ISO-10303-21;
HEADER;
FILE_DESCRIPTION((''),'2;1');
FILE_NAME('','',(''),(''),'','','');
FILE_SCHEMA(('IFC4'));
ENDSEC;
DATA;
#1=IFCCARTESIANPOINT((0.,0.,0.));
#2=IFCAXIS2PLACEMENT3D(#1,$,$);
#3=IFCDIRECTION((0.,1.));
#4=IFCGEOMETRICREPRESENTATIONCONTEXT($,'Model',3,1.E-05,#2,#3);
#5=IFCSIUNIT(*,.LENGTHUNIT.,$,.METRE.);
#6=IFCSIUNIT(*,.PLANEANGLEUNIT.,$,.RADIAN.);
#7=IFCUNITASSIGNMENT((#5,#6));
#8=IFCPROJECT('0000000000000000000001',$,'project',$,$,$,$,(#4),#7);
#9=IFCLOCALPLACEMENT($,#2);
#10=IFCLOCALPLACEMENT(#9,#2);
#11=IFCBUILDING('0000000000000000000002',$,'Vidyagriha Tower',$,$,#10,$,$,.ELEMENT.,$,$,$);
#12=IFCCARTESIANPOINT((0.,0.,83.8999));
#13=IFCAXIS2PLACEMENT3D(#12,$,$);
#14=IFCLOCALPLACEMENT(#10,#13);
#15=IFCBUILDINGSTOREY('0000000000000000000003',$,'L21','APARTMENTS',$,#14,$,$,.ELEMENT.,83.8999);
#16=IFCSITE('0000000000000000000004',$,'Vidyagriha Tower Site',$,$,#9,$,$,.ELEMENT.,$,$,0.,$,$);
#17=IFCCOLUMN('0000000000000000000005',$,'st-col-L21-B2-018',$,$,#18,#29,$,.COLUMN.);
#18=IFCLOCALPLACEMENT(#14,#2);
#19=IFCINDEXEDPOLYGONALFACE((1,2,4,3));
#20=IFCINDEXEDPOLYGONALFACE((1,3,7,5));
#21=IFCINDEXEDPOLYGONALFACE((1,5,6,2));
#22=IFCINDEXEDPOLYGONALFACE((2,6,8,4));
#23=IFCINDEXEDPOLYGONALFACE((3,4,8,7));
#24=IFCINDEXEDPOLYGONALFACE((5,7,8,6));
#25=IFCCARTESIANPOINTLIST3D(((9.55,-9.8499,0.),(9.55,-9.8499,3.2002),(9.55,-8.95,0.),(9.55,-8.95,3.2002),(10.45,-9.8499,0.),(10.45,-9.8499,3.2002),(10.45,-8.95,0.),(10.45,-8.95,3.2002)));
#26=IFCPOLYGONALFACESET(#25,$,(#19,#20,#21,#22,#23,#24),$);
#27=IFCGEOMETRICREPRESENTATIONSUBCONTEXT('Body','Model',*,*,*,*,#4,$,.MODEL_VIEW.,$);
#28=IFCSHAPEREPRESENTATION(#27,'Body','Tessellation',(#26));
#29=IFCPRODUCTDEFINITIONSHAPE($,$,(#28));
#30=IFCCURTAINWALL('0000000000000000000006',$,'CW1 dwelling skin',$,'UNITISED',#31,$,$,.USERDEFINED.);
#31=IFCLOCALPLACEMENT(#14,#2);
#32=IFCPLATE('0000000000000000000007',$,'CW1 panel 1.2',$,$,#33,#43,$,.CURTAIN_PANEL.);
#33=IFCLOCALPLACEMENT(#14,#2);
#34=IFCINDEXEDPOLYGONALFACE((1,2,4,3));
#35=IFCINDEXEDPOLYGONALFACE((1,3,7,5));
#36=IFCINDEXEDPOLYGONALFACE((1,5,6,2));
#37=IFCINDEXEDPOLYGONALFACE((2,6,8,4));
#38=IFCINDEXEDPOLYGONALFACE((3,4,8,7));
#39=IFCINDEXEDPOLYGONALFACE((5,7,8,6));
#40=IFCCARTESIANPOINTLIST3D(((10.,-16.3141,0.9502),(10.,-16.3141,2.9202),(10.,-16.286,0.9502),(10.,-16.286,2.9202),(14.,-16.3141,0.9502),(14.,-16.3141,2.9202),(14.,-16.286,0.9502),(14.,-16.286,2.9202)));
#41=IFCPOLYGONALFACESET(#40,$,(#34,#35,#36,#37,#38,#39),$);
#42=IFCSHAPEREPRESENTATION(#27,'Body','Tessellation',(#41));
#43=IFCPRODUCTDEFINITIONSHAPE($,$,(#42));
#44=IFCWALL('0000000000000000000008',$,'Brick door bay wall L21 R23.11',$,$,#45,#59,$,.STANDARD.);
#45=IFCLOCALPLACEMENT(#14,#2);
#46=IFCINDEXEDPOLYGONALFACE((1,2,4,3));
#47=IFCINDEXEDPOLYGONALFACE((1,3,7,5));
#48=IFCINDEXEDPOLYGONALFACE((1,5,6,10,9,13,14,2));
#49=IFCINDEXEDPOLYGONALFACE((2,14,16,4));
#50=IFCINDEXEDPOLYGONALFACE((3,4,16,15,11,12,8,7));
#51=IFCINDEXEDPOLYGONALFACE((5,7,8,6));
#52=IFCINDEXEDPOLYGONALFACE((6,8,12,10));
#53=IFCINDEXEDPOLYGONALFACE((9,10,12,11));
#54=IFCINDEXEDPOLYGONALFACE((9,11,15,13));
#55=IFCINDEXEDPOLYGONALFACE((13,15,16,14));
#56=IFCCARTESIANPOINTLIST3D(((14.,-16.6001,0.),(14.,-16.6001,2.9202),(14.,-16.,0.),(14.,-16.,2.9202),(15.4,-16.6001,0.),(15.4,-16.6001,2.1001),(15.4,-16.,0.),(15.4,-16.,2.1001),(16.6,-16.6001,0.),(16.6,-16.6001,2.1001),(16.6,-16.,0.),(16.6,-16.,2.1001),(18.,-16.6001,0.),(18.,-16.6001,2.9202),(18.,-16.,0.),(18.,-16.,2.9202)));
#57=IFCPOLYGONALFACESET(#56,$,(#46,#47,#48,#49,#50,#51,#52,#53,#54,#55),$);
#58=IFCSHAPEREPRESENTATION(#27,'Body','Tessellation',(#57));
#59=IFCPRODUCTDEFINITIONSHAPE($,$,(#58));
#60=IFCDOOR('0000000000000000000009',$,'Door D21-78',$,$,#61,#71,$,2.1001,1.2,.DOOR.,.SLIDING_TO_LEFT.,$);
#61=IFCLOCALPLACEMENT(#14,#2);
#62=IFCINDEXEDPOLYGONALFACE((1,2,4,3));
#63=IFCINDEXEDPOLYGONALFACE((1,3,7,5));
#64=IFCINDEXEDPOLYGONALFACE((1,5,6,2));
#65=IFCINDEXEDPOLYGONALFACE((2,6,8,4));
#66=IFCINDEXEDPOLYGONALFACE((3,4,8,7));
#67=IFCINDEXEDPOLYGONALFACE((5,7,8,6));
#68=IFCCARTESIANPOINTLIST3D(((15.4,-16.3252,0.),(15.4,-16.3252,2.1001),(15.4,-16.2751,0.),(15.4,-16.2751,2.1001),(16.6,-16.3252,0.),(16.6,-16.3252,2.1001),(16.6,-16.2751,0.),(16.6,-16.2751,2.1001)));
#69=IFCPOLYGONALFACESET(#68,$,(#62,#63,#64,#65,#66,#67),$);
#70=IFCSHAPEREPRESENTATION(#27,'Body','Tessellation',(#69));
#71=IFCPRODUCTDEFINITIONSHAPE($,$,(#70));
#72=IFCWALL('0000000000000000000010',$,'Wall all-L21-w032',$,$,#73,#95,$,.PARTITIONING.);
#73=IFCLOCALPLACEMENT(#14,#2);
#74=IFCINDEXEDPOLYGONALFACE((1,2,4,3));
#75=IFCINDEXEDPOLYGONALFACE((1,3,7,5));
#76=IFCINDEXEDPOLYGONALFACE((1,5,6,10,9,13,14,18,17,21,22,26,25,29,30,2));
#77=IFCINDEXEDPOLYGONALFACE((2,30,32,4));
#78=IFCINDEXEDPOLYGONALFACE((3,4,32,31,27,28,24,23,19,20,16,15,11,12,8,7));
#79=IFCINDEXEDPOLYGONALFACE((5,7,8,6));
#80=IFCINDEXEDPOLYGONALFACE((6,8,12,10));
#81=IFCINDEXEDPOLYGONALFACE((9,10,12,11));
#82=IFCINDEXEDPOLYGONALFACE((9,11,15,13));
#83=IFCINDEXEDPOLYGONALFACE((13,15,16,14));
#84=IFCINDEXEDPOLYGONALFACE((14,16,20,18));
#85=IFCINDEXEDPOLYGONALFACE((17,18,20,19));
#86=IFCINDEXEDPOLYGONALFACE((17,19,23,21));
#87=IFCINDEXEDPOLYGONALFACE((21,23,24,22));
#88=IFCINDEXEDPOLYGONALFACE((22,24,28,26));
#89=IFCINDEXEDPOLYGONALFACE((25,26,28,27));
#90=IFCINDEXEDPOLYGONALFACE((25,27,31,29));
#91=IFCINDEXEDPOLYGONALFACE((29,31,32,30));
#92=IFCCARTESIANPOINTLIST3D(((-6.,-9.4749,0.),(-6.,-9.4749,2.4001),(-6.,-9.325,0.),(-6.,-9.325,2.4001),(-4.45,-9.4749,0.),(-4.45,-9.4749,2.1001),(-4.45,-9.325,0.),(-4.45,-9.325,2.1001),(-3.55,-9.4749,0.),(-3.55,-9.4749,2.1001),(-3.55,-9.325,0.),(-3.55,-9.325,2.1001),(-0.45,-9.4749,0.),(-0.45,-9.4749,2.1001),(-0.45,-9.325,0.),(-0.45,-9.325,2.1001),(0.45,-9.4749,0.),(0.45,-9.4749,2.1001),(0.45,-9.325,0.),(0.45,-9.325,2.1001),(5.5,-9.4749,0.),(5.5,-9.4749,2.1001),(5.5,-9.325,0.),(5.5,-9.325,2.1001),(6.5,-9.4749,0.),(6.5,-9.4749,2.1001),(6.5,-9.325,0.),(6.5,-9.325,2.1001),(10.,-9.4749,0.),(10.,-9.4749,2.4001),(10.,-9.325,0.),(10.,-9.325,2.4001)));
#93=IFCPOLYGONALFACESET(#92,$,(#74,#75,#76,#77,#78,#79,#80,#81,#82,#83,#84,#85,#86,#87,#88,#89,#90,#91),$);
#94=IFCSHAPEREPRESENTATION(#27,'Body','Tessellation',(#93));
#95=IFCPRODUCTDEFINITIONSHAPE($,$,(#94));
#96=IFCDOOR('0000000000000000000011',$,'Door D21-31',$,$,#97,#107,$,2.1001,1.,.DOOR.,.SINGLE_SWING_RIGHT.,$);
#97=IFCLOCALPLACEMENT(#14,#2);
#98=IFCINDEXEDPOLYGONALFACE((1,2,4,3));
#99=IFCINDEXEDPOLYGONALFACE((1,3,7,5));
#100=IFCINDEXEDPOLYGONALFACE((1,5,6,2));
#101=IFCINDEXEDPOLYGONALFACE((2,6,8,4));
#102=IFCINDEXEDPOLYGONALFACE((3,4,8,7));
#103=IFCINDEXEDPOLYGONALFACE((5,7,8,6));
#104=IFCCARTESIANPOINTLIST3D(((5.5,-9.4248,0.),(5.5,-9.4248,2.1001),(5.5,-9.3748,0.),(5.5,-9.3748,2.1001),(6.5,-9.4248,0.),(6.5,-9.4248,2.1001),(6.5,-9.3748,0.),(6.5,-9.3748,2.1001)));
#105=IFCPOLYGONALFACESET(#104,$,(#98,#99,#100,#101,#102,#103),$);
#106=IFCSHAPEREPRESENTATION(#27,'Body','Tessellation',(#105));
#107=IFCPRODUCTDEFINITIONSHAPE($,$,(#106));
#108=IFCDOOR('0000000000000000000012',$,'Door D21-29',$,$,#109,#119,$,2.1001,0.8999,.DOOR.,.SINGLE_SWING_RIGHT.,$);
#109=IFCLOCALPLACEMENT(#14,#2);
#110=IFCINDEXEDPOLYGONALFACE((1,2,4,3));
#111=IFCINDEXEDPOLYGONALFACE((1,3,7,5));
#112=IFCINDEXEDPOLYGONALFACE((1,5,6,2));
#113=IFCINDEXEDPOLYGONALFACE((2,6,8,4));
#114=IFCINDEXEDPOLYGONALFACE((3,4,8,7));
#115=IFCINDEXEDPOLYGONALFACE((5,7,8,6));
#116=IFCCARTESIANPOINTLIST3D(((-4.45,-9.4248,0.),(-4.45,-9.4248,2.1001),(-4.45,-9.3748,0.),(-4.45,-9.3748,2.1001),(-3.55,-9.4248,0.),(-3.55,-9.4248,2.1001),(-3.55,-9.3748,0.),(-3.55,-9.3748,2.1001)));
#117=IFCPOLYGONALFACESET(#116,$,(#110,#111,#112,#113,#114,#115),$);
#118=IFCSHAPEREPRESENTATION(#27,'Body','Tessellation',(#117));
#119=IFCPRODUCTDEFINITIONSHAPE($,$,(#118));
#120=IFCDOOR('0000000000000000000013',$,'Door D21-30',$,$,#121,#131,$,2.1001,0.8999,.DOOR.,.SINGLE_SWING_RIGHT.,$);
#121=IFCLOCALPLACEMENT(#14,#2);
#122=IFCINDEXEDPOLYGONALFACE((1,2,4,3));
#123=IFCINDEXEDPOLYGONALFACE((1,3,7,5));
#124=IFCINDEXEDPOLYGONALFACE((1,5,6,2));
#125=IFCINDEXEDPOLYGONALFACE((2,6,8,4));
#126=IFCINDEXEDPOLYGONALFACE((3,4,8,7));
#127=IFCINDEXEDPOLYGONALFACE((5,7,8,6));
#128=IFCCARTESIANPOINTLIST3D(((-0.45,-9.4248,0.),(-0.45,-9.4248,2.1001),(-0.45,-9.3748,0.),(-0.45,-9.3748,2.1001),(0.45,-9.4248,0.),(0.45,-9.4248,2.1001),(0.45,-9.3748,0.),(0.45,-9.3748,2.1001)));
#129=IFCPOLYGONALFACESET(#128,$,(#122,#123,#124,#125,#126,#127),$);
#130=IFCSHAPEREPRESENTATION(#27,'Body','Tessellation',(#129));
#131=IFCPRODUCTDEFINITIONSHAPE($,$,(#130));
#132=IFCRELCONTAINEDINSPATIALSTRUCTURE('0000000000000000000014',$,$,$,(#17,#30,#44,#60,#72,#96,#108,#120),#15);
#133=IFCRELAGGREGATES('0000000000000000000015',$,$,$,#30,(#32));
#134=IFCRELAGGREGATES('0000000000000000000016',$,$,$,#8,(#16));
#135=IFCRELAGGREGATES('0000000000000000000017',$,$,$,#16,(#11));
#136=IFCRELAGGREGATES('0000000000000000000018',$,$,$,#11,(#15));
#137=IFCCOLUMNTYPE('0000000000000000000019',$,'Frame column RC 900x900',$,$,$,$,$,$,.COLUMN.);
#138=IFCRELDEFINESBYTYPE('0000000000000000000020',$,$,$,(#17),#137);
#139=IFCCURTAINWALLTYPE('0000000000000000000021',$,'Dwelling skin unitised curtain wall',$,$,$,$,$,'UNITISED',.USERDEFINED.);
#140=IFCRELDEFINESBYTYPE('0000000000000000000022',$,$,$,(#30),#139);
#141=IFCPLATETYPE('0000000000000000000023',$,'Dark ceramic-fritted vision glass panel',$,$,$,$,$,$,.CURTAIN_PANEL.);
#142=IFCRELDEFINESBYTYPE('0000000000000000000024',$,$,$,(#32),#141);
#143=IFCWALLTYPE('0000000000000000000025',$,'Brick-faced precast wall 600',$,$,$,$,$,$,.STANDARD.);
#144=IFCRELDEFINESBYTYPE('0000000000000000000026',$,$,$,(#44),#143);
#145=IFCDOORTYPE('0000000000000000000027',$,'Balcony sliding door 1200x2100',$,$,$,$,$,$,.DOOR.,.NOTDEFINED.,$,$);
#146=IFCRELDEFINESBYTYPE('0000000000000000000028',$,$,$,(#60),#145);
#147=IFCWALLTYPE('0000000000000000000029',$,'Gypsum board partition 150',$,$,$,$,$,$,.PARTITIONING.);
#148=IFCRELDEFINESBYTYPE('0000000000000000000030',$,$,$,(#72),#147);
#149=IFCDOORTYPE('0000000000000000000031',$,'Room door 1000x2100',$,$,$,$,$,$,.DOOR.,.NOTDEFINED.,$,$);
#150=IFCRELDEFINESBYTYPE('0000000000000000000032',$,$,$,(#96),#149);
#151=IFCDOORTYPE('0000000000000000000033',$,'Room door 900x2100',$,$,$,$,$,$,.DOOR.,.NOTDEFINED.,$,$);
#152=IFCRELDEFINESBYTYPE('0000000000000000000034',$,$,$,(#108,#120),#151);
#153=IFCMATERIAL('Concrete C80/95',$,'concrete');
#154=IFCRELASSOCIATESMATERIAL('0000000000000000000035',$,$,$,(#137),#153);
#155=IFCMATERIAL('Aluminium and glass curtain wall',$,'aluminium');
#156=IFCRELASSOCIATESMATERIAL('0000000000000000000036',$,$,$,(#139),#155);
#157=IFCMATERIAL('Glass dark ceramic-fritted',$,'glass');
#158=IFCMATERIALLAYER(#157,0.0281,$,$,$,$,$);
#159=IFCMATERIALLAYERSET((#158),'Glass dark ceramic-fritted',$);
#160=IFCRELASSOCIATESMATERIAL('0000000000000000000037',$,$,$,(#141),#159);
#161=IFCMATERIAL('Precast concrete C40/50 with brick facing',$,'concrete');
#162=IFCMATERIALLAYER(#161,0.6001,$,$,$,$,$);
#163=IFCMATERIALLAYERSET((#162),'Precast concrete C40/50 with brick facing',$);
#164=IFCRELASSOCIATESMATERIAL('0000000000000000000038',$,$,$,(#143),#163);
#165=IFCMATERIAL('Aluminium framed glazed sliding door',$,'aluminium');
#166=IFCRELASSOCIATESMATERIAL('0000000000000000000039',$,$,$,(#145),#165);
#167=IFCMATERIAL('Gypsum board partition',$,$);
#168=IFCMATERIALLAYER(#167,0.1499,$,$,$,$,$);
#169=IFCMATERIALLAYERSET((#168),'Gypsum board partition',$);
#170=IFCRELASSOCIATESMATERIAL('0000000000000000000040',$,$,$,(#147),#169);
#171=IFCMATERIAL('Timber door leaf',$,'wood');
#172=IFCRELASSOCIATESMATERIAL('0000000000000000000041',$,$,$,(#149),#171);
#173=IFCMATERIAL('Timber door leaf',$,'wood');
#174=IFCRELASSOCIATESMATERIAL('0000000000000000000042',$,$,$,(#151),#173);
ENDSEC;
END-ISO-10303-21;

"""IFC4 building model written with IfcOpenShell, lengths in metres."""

from ifc_helpers import new_model, si_unit, direction, frame, frame_2d, origin, origin_2d, place, context, subcontext, project, spatial, rectangle, extrude, material, layer, layer_set, material_profile, profile_set, type_object, element, fill, aggregate, save


model = new_model("IFC4")

# Units and contexts
model_context = context("Model", 3, precision=1e-05, world=origin(), true_north=direction((0.0, 1.0)))
body_context = subcontext(model_context, "Body", "Model", "MODEL_VIEW")
ifc_project = project(units=[si_unit("LENGTHUNIT", "METRE"), si_unit("PLANEANGLEUNIT", "RADIAN")], contexts=[model_context])

# Site, building, storey
site_placement = place(None, origin())
site = spatial("IfcSite", under=ifc_project, at=site_placement, Name="Vidyagriha Tower Site", CompositionType="ELEMENT", RefElevation=0.0)
building_placement = place(site_placement, origin())
building = spatial("IfcBuilding", under=site, at=building_placement, Name="Vidyagriha Tower", CompositionType="ELEMENT")
storey_placement = place(building_placement, frame((0.0, 0.0, 83.8999)))
storey = spatial("IfcBuildingStorey", under=building, at=storey_placement, Name="L21", Description="APARTMENTS", CompositionType="ELEMENT", Elevation=83.8999)

# Column
ifc_material_1 = material(Name="Concrete C80/95", Category="concrete")
ifc_material_profile = material_profile(ifc_material_1, rectangle(XDim=0.8999, YDim=0.8999, at=origin_2d()), Name="RC 900x900")
ifc_profile_set = profile_set([ifc_material_profile], Name="Concrete C80/95")
column_type = type_object("IfcColumnType", Name="Frame column RC 900x900", PredefinedType="COLUMN", material=ifc_profile_set)
column_placement = place(storey_placement, frame((10.0, -9.3999, 0.0)))
element("IfcColumn", 1, at=column_placement, inside=storey, type_object=column_type, Name="st-col-L21-B2-018", PredefinedType="COLUMN", context=body_context, shape_type="SweptSolid", body=[
    extrude(rectangle(XDim=0.8999, YDim=0.8999, at=origin_2d()), origin(), (0.0, 0.0, 1.0), 3.2002),
])

# Curtain wall, plate
ifc_material_2 = material(Name="Aluminium and glass curtain wall", Category="aluminium")
curtain_wall_type = type_object("IfcCurtainWallType", Name="Dwelling skin unitised curtain wall", ElementType="UNITISED", PredefinedType="USERDEFINED", material=ifc_material_2)
curtain_wall_placement = place(storey_placement, origin())
curtain_wall = element("IfcCurtainWall", 2, at=curtain_wall_placement, inside=storey, type_object=curtain_wall_type, Name="CW1 dwelling skin", ObjectType="UNITISED", PredefinedType="USERDEFINED")
ifc_material_3 = material(Name="Glass dark ceramic-fritted", Category="glass")
ifc_layer_1 = layer(ifc_material_3, 0.0281)
ifc_layer_set_1 = layer_set([ifc_layer_1], Name="Glass dark ceramic-fritted")
plate_type = type_object("IfcPlateType", Name="Dark ceramic-fritted vision glass panel", PredefinedType="CURTAIN_PANEL", material=ifc_layer_set_1)
plate_placement = place(storey_placement, frame((12.0, -16.3, 0.9502)))
plate = element("IfcPlate", 3, at=plate_placement, type_object=plate_type, Name="CW1 panel 1.2", PredefinedType="CURTAIN_PANEL", context=body_context, shape_type="SweptSolid", body=[
    extrude(rectangle(XDim=4.0, YDim=0.0281, at=origin_2d()), origin(), (0.0, 0.0, 1.0), 1.97),
])
aggregate(curtain_wall, [plate])

# Wall, opening, door
ifc_material_4 = material(Name="Precast concrete C40/50 with brick facing", Category="concrete")
ifc_layer_2 = layer(ifc_material_4, 0.6001)
ifc_layer_set_2 = layer_set([ifc_layer_2], Name="Precast concrete C40/50 with brick facing")
wall_type_1 = type_object("IfcWallType", Name="Brick-faced precast wall 600", PredefinedType="STANDARD", material=ifc_layer_set_2)
wall_1_placement = place(storey_placement, frame((14.0, -16.3, 0.0)))
wall_1 = element("IfcWall", 4, at=wall_1_placement, inside=storey, type_object=wall_type_1, Name="Brick door bay wall L21 R23.11", PredefinedType="STANDARD", context=body_context, shape_type="SweptSolid", body=[
    extrude(rectangle(XDim=4.0, YDim=0.6001, at=frame_2d((2.0, 0.0))), origin(), (0.0, 0.0, 1.0), 2.9202),
])
opening_1_placement = place(wall_1_placement, frame((1.3999, 0.0, 0.0)))
opening_1 = element("IfcOpeningElement", 5, at=opening_1_placement, cuts=wall_1, PredefinedType="OPENING", context=body_context, shape_type="SweptSolid", body=[
    extrude(rectangle(XDim=1.2, YDim=2.1001, at=frame_2d((0.6001, 1.05))), frame((0.0, 0.3101, 0.0), z_axis=(0.0, -1.0, 0.0), x_axis=(1.0, 0.0, 0.0)), (0.0, 0.0, 1.0), 0.6201),
])
ifc_material_5 = material(Name="Aluminium framed glazed sliding door", Category="aluminium")
door_type_1 = type_object("IfcDoorType", Name="Balcony sliding door 1200x2100", OperationType="NOTDEFINED", PredefinedType="DOOR", material=ifc_material_5)
door_1_placement = place(opening_1_placement, origin())
door_1 = element("IfcDoor", 6, at=door_1_placement, inside=storey, type_object=door_type_1, Name="Door D21-78", OperationType="SLIDING_TO_LEFT", OverallHeight=2.1001, OverallWidth=1.2, PredefinedType="DOOR", context=body_context, shape_type="SweptSolid", body=[
    extrude(rectangle(XDim=1.2, YDim=2.1001, at=frame_2d((0.6001, 1.05))), frame((0.0, 0.0249, 0.0), z_axis=(0.0, -1.0, 0.0), x_axis=(1.0, 0.0, 0.0)), (0.0, 0.0, 1.0), 0.05),
])
fill(opening_1, door_1)

# Wall, openings, doors
ifc_material_6 = material(Name="Gypsum board partition")
ifc_layer_3 = layer(ifc_material_6, 0.1499)
ifc_layer_set_3 = layer_set([ifc_layer_3], Name="Gypsum board partition")
wall_type_2 = type_object("IfcWallType", Name="Gypsum board partition 150", PredefinedType="PARTITIONING", material=ifc_layer_set_3)
wall_2_placement = place(storey_placement, frame((10.0, -9.3999, 0.0), z_axis=(0.0, 0.0, 1.0), x_axis=(-1.0, 0.0, 0.0)))
wall_2 = element("IfcWall", 7, at=wall_2_placement, inside=storey, type_object=wall_type_2, Name="Wall all-L21-w032", PredefinedType="PARTITIONING", context=body_context, shape_type="SweptSolid", body=[
    extrude(rectangle(XDim=16.0, YDim=0.1499, at=frame_2d((8.0, 0.0))), origin(), (0.0, 0.0, 1.0), 2.4001),
])
opening_2_placement = place(wall_2_placement, frame((13.55, 0.0, 0.0)))
opening_2 = element("IfcOpeningElement", 8, at=opening_2_placement, cuts=wall_2, PredefinedType="OPENING", context=body_context, shape_type="SweptSolid", body=[
    extrude(rectangle(XDim=0.8999, YDim=2.1001, at=frame_2d((0.45, 1.05))), frame((0.0, 0.085, 0.0), z_axis=(0.0, -1.0, 0.0), x_axis=(1.0, 0.0, 0.0)), (0.0, 0.0, 1.0), 0.1699),
])
opening_3_placement = place(wall_2_placement, frame((9.55, 0.0, 0.0)))
opening_3 = element("IfcOpeningElement", 9, at=opening_3_placement, cuts=wall_2, PredefinedType="OPENING", context=body_context, shape_type="SweptSolid", body=[
    extrude(rectangle(XDim=0.8999, YDim=2.1001, at=frame_2d((0.45, 1.05))), frame((0.0, 0.085, 0.0), z_axis=(0.0, -1.0, 0.0), x_axis=(1.0, 0.0, 0.0)), (0.0, 0.0, 1.0), 0.1699),
])
opening_4_placement = place(wall_2_placement, frame((3.5, 0.0, 0.0)))
opening_4 = element("IfcOpeningElement", 10, at=opening_4_placement, cuts=wall_2, PredefinedType="OPENING", context=body_context, shape_type="SweptSolid", body=[
    extrude(rectangle(XDim=1.0, YDim=2.1001, at=frame_2d((0.5, 1.05))), frame((0.0, 0.085, 0.0), z_axis=(0.0, -1.0, 0.0), x_axis=(1.0, 0.0, 0.0)), (0.0, 0.0, 1.0), 0.1699),
])
ifc_material_7 = material(Name="Timber door leaf", Category="wood")
door_type_2 = type_object("IfcDoorType", Name="Room door 1000x2100", OperationType="NOTDEFINED", PredefinedType="DOOR", material=ifc_material_7)
door_2_placement = place(opening_4_placement, origin())
door_2 = element("IfcDoor", 11, at=door_2_placement, inside=storey, type_object=door_type_2, Name="Door D21-31", OperationType="SINGLE_SWING_RIGHT", OverallHeight=2.1001, OverallWidth=1.0, PredefinedType="DOOR", context=body_context, shape_type="SweptSolid", body=[
    extrude(rectangle(XDim=1.0, YDim=2.1001, at=frame_2d((0.5, 1.05))), frame((0.0, 0.0249, 0.0), z_axis=(0.0, -1.0, 0.0), x_axis=(1.0, 0.0, 0.0)), (0.0, 0.0, 1.0), 0.05),
])
fill(opening_4, door_2)
ifc_material_8 = material(Name="Timber door leaf", Category="wood")
door_type_3 = type_object("IfcDoorType", Name="Room door 900x2100", OperationType="NOTDEFINED", PredefinedType="DOOR", material=ifc_material_8)
door_3_placement = place(opening_2_placement, origin())
door_3 = element("IfcDoor", 12, at=door_3_placement, inside=storey, type_object=door_type_3, Name="Door D21-29", OperationType="SINGLE_SWING_RIGHT", OverallHeight=2.1001, OverallWidth=0.8999, PredefinedType="DOOR", context=body_context, shape_type="SweptSolid", body=[
    extrude(rectangle(XDim=0.8999, YDim=2.1001, at=frame_2d((0.45, 1.05))), frame((0.0, 0.0249, 0.0), z_axis=(0.0, -1.0, 0.0), x_axis=(1.0, 0.0, 0.0)), (0.0, 0.0, 1.0), 0.05),
])
fill(opening_2, door_3)
door_4_placement = place(opening_3_placement, origin())
door_4 = element("IfcDoor", 13, at=door_4_placement, inside=storey, type_object=door_type_3, Name="Door D21-30", OperationType="SINGLE_SWING_RIGHT", OverallHeight=2.1001, OverallWidth=0.8999, PredefinedType="DOOR", context=body_context, shape_type="SweptSolid", body=[
    extrude(rectangle(XDim=0.8999, YDim=2.1001, at=frame_2d((0.45, 1.05))), frame((0.0, 0.0249, 0.0), z_axis=(0.0, -1.0, 0.0), x_axis=(1.0, 0.0, 0.0)), (0.0, 0.0, 1.0), 0.05),
])
fill(opening_3, door_4)

save(model, "model.ifc")
